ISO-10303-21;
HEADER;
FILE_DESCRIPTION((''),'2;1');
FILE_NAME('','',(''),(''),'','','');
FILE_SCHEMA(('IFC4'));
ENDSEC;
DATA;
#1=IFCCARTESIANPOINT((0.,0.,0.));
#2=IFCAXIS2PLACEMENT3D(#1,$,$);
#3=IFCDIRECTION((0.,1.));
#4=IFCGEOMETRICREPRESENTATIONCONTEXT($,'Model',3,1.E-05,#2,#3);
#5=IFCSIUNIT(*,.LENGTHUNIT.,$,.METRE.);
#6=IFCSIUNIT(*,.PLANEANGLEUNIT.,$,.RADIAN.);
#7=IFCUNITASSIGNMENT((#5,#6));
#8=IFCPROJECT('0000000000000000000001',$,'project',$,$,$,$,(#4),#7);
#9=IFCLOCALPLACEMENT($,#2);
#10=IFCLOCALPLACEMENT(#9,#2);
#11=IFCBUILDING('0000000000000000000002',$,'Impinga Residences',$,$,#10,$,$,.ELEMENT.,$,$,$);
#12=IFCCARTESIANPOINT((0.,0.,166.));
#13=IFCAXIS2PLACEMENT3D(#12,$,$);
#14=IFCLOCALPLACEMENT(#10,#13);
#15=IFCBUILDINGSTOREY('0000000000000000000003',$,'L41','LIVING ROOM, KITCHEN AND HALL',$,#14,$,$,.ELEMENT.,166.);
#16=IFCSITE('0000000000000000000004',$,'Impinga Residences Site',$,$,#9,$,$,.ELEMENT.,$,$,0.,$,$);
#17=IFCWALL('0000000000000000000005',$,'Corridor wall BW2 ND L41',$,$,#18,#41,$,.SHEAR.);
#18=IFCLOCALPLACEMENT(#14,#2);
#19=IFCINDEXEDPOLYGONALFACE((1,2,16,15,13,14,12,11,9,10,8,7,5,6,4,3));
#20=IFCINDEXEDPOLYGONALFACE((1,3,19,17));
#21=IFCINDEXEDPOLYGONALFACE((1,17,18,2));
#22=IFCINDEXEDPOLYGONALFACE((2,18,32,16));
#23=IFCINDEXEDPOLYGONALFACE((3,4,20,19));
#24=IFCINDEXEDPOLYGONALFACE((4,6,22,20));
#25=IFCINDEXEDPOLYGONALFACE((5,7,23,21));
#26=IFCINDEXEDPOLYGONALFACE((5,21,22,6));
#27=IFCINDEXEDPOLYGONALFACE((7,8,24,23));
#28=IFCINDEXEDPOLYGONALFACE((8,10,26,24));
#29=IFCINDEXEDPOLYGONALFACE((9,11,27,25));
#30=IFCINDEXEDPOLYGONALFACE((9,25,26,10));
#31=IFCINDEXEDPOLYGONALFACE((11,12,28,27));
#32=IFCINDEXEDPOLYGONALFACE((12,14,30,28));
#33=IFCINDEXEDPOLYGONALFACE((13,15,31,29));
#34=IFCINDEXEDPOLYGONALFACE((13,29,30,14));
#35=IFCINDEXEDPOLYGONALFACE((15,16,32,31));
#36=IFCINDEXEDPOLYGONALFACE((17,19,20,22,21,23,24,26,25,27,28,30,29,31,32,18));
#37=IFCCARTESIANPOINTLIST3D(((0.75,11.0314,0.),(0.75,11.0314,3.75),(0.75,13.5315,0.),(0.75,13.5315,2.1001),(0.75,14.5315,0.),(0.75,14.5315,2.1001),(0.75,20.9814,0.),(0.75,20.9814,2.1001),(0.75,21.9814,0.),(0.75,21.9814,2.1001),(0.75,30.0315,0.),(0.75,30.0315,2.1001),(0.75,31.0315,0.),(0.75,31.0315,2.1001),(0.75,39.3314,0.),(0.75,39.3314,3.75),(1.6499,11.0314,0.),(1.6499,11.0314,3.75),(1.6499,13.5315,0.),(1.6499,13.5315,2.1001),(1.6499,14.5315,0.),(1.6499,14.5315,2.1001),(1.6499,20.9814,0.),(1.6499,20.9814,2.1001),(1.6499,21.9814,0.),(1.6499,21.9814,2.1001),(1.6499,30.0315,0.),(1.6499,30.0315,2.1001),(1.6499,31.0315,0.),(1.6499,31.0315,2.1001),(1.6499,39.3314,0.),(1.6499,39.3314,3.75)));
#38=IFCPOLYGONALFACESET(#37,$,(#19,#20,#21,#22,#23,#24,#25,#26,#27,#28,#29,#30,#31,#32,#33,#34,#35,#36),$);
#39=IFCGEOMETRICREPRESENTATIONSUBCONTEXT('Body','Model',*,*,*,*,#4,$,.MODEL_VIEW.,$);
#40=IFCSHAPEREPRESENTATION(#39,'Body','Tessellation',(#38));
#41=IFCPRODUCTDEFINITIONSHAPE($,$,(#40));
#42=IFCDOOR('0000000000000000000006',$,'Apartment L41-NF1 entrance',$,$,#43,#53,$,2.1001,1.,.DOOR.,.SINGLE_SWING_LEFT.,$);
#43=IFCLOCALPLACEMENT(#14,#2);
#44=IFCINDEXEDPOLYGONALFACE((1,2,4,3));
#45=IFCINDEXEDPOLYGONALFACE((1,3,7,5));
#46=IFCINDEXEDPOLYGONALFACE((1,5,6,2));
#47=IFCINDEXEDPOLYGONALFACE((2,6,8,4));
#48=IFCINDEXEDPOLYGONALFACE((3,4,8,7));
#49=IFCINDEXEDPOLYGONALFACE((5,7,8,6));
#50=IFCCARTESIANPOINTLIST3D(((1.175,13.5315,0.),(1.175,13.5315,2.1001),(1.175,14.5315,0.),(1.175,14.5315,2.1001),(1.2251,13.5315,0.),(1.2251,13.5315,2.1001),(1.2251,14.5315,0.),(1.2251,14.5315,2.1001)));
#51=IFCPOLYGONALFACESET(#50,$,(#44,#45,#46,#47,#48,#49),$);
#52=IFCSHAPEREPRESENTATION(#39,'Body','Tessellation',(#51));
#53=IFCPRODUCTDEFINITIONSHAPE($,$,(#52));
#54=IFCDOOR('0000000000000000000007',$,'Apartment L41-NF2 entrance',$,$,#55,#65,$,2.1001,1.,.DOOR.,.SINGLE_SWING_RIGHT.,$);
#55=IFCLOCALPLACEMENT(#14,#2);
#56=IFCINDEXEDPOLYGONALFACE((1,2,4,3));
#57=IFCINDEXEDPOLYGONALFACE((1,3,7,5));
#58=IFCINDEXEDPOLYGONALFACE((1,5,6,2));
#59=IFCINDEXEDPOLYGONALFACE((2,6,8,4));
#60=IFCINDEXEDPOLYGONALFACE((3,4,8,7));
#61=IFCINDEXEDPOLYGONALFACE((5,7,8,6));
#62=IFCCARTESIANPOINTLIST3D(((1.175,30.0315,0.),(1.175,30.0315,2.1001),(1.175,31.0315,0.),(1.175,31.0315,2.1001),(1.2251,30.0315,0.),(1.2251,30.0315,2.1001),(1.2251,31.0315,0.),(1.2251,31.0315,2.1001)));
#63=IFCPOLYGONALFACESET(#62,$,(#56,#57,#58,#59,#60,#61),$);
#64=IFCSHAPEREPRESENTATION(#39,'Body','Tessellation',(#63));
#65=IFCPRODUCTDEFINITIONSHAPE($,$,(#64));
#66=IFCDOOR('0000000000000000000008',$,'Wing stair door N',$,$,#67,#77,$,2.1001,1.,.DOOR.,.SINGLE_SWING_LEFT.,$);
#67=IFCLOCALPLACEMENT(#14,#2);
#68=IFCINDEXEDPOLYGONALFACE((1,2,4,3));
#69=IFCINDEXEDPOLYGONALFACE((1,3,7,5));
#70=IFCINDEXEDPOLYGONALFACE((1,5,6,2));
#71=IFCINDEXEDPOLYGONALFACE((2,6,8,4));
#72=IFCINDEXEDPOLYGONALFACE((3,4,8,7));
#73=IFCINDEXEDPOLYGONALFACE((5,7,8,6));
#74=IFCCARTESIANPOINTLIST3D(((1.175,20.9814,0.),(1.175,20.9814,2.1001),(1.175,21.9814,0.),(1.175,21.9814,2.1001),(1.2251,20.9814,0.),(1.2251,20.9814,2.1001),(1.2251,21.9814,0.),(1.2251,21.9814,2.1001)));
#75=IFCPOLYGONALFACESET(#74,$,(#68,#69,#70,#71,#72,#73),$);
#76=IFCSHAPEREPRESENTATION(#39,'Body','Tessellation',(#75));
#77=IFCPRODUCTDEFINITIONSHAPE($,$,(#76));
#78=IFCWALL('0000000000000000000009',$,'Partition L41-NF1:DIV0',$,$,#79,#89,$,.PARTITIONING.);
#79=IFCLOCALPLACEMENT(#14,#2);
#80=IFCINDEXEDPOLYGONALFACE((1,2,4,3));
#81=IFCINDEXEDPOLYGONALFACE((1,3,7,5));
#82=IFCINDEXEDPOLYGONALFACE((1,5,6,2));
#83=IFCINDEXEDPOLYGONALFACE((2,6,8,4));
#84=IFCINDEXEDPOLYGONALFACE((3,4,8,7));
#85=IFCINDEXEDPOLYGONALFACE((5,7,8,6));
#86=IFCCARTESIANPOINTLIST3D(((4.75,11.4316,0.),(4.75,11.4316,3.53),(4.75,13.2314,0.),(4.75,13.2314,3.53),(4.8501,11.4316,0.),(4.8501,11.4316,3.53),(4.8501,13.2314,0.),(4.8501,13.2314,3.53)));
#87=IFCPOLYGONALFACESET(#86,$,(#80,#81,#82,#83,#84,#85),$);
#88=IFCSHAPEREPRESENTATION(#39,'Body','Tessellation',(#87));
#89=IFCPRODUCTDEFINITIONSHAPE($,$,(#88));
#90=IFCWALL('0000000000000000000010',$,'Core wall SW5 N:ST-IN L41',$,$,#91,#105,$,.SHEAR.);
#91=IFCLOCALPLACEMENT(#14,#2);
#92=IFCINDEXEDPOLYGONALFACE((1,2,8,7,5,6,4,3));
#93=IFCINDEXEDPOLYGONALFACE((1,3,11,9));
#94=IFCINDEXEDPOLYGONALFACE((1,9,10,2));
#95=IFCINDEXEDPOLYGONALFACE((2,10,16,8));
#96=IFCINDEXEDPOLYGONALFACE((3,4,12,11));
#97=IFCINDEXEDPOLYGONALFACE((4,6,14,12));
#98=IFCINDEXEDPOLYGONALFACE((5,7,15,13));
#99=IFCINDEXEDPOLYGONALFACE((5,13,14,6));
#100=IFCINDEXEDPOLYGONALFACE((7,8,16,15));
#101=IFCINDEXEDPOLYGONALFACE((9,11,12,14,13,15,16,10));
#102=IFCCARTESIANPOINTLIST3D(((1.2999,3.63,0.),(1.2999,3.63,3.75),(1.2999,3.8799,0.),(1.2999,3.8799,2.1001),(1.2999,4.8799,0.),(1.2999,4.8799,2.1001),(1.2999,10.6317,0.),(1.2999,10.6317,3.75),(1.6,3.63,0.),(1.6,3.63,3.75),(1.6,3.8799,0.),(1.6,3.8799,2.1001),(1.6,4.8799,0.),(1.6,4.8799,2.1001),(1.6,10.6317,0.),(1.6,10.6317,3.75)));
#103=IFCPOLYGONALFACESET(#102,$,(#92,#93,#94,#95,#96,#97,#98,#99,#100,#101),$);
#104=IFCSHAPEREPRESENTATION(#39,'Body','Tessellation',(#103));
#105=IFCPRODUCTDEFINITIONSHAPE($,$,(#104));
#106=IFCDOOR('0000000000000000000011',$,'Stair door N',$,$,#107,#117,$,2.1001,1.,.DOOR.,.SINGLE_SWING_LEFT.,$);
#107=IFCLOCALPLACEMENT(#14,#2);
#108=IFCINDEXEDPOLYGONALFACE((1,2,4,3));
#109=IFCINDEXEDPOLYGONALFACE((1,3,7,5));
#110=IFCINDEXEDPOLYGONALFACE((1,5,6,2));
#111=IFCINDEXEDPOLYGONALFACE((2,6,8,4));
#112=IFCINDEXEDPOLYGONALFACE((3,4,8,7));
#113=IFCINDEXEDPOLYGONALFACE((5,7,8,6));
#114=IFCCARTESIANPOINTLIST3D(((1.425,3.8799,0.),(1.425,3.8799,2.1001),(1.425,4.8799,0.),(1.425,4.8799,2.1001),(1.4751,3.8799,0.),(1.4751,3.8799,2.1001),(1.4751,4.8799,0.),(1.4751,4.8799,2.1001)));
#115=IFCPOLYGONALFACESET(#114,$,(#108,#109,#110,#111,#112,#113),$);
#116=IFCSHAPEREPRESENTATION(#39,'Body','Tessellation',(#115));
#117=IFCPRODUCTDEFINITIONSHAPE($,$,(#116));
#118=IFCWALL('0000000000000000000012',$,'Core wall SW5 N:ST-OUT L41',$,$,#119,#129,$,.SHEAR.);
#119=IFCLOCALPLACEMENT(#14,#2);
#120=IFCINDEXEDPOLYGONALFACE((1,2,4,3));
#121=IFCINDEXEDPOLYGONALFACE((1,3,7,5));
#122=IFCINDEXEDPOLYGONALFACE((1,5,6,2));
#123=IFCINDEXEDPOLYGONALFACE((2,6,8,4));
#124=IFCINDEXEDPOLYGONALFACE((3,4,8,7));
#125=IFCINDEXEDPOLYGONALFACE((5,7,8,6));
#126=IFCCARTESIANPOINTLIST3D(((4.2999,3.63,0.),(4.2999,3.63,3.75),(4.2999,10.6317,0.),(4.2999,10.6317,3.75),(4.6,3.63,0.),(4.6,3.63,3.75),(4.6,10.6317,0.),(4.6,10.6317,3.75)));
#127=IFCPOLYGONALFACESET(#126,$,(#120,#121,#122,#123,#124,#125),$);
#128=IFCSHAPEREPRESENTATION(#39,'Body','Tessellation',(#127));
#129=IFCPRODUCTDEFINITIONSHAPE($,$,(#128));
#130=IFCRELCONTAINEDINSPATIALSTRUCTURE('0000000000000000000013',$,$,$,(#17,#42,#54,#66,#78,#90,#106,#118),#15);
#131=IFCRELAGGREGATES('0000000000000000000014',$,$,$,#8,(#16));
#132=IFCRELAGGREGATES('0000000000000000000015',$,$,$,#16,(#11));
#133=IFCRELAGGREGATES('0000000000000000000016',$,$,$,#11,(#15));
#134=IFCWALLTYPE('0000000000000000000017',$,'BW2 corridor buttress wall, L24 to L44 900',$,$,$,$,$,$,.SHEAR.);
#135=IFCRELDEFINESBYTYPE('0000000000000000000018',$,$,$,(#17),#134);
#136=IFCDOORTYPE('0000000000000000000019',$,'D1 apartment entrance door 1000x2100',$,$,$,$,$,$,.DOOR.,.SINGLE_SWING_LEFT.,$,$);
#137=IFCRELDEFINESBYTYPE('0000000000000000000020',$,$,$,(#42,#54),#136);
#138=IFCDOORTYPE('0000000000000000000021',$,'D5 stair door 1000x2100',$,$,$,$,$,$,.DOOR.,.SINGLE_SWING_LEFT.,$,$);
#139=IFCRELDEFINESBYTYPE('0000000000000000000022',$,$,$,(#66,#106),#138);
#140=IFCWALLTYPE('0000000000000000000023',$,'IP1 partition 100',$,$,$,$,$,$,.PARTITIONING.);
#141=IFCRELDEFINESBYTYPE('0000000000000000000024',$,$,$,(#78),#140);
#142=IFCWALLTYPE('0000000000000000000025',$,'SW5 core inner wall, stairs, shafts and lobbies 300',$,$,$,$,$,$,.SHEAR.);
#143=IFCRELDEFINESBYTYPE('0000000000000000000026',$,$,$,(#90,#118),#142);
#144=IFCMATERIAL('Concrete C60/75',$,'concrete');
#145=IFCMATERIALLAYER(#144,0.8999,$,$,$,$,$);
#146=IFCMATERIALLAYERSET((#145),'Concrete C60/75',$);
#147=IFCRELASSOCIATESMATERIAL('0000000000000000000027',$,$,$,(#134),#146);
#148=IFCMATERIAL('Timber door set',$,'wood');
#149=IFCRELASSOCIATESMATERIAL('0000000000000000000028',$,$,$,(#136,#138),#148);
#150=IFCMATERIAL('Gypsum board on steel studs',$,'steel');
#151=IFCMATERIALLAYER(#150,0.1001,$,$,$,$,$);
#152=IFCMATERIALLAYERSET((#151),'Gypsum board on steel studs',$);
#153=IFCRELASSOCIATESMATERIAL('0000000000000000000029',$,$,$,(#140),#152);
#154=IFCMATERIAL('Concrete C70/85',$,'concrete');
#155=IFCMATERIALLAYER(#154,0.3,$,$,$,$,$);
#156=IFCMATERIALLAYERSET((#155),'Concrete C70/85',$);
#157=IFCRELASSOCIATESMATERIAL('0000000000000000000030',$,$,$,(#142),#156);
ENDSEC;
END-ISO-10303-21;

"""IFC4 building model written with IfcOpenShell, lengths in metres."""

from ifc_helpers import new_model, si_unit, direction, frame, frame_2d, origin, place, context, subcontext, project, spatial, rectangle, extrude, material, layer, layer_set, type_object, element, fill, save


model = new_model("IFC4")

# Units and contexts
model_context = context("Model", 3, precision=1e-05, world=origin(), true_north=direction((0.0, 1.0)))
body_context = subcontext(model_context, "Body", "Model", "MODEL_VIEW")
ifc_project = project(units=[si_unit("LENGTHUNIT", "METRE"), si_unit("PLANEANGLEUNIT", "RADIAN")], contexts=[model_context])

# Site, building, storey
site_placement = place(None, origin())
site = spatial("IfcSite", under=ifc_project, at=site_placement, Name="Impinga Residences Site", CompositionType="ELEMENT", RefElevation=0.0)
building_placement = place(site_placement, origin())
building = spatial("IfcBuilding", under=site, at=building_placement, Name="Impinga Residences", CompositionType="ELEMENT")
storey_placement = place(building_placement, frame((0.0, 0.0, 166.0)))
storey = spatial("IfcBuildingStorey", under=building, at=storey_placement, Name="L41", Description="LIVING ROOM, KITCHEN AND HALL", CompositionType="ELEMENT", Elevation=166.0)

# Wall, openings, doors
ifc_material_1 = material(Name="Concrete C60/75", Category="concrete")
ifc_layer_1 = layer(ifc_material_1, 0.8999)
ifc_layer_set_1 = layer_set([ifc_layer_1], Name="Concrete C60/75")
wall_type_1 = type_object("IfcWallType", Name="BW2 corridor buttress wall, L24 to L44 900", PredefinedType="SHEAR", material=ifc_layer_set_1)
wall_1_placement = place(storey_placement, frame((1.2, 11.0315, 0.0), z_axis=(0.0, 0.0, 1.0), x_axis=(0.0, 1.0, 0.0)))
wall_1 = element("IfcWall", 1, at=wall_1_placement, inside=storey, type_object=wall_type_1, Name="Corridor wall BW2 ND L41", PredefinedType="SHEAR", context=body_context, shape_type="SweptSolid", body=[
    extrude(rectangle(XDim=28.3, YDim=0.8999, at=frame_2d((14.1499, 0.0))), origin(), (0.0, 0.0, 1.0), 3.75),
])
opening_1_placement = place(wall_1_placement, frame((9.95, 0.0, 0.0)))
opening_1 = element("IfcOpeningElement", 2, at=opening_1_placement, cuts=wall_1, PredefinedType="OPENING", context=body_context, shape_type="SweptSolid", body=[
    extrude(rectangle(XDim=1.0, YDim=2.1001, at=frame_2d((0.5, 1.05))), frame((0.0, 0.46, 0.0), z_axis=(0.0, -1.0, 0.0), x_axis=(1.0, 0.0, 0.0)), (0.0, 0.0, 1.0), 0.9199),
])
opening_2_placement = place(wall_1_placement, frame((2.5, 0.0, 0.0)))
opening_2 = element("IfcOpeningElement", 3, at=opening_2_placement, cuts=wall_1, PredefinedType="OPENING", context=body_context, shape_type="SweptSolid", body=[
    extrude(rectangle(XDim=1.0, YDim=2.1001, at=frame_2d((0.5, 1.05))), frame((0.0, 0.46, 0.0), z_axis=(0.0, -1.0, 0.0), x_axis=(1.0, 0.0, 0.0)), (0.0, 0.0, 1.0), 0.9199),
])
opening_3_placement = place(wall_1_placement, frame((19.0, 0.0, 0.0)))
opening_3 = element("IfcOpeningElement", 4, at=opening_3_placement, cuts=wall_1, PredefinedType="OPENING", context=body_context, shape_type="SweptSolid", body=[
    extrude(rectangle(XDim=1.0, YDim=2.1001, at=frame_2d((0.5, 1.05))), frame((0.0, 0.46, 0.0), z_axis=(0.0, -1.0, 0.0), x_axis=(1.0, 0.0, 0.0)), (0.0, 0.0, 1.0), 0.9199),
])
ifc_material_2 = material(Name="Timber door set", Category="wood")
door_type_1 = type_object("IfcDoorType", Name="D1 apartment entrance door 1000x2100", OperationType="SINGLE_SWING_LEFT", PredefinedType="DOOR", material=ifc_material_2)
door_1_placement = place(opening_2_placement, origin())
door_1 = element("IfcDoor", 5, at=door_1_placement, inside=storey, type_object=door_type_1, Name="Apartment L41-NF1 entrance", OperationType="SINGLE_SWING_LEFT", OverallHeight=2.1001, OverallWidth=1.0, PredefinedType="DOOR", context=body_context, shape_type="SweptSolid", body=[
    extrude(rectangle(XDim=1.0, YDim=2.1001, at=frame_2d((0.5, 1.05))), frame((0.0, 0.0249, 0.0), z_axis=(0.0, -1.0, 0.0), x_axis=(1.0, 0.0, 0.0)), (0.0, 0.0, 1.0), 0.05),
])
fill(opening_2, door_1)
door_2_placement = place(opening_3_placement, origin())
door_2 = element("IfcDoor", 6, at=door_2_placement, inside=storey, type_object=door_type_1, Name="Apartment L41-NF2 entrance", OperationType="SINGLE_SWING_RIGHT", OverallHeight=2.1001, OverallWidth=1.0, PredefinedType="DOOR", context=body_context, shape_type="SweptSolid", body=[
    extrude(rectangle(XDim=1.0, YDim=2.1001, at=frame_2d((0.5, 1.05))), frame((0.0, 0.0249, 0.0), z_axis=(0.0, -1.0, 0.0), x_axis=(1.0, 0.0, 0.0)), (0.0, 0.0, 1.0), 0.05),
])
fill(opening_3, door_2)
door_type_2 = type_object("IfcDoorType", Name="D5 stair door 1000x2100", OperationType="SINGLE_SWING_LEFT", PredefinedType="DOOR", material=ifc_material_2)
door_3_placement = place(opening_1_placement, origin())
door_3 = element("IfcDoor", 7, at=door_3_placement, inside=storey, type_object=door_type_2, Name="Wing stair door N", OperationType="SINGLE_SWING_LEFT", OverallHeight=2.1001, OverallWidth=1.0, PredefinedType="DOOR", context=body_context, shape_type="SweptSolid", body=[
    extrude(rectangle(XDim=1.0, YDim=2.1001, at=frame_2d((0.5, 1.05))), frame((0.0, 0.0249, 0.0), z_axis=(0.0, -1.0, 0.0), x_axis=(1.0, 0.0, 0.0)), (0.0, 0.0, 1.0), 0.05),
])
fill(opening_1, door_3)

# Wall
ifc_material_3 = material(Name="Gypsum board on steel studs", Category="steel")
ifc_layer_2 = layer(ifc_material_3, 0.1001)
ifc_layer_set_2 = layer_set([ifc_layer_2], Name="Gypsum board on steel studs")
wall_type_2 = type_object("IfcWallType", Name="IP1 partition 100", PredefinedType="PARTITIONING", material=ifc_layer_set_2)
wall_2_placement = place(storey_placement, frame((4.8, 11.4316, 0.0), z_axis=(0.0, 0.0, 1.0), x_axis=(0.0, 1.0, 0.0)))
element("IfcWall", 8, at=wall_2_placement, inside=storey, type_object=wall_type_2, Name="Partition L41-NF1:DIV0", PredefinedType="PARTITIONING", context=body_context, shape_type="SweptSolid", body=[
    extrude(rectangle(XDim=1.7998, YDim=0.1001, at=frame_2d((0.8999, 0.0))), origin(), (0.0, 0.0, 1.0), 3.53),
])

# Wall, opening, door
ifc_material_4 = material(Name="Concrete C70/85", Category="concrete")
ifc_layer_3 = layer(ifc_material_4, 0.3)
ifc_layer_set_3 = layer_set([ifc_layer_3], Name="Concrete C70/85")
wall_type_3 = type_object("IfcWallType", Name="SW5 core inner wall, stairs, shafts and lobbies 300", PredefinedType="SHEAR", material=ifc_layer_set_3)
wall_3_placement = place(storey_placement, frame((1.45, 3.6299, 0.0), z_axis=(0.0, 0.0, 1.0), x_axis=(0.0, 1.0, 0.0)))
wall_3 = element("IfcWall", 9, at=wall_3_placement, inside=storey, type_object=wall_type_3, Name="Core wall SW5 N:ST-IN L41", PredefinedType="SHEAR", context=body_context, shape_type="SweptSolid", body=[
    extrude(rectangle(XDim=7.0017, YDim=0.3, at=frame_2d((3.501, 0.0))), origin(), (0.0, 0.0, 1.0), 3.75),
])
opening_4_placement = place(wall_3_placement, frame((0.25, 0.0, 0.0)))
opening_4 = element("IfcOpeningElement", 10, at=opening_4_placement, cuts=wall_3, PredefinedType="OPENING", context=body_context, shape_type="SweptSolid", body=[
    extrude(rectangle(XDim=1.0, YDim=2.1001, at=frame_2d((0.5, 1.05))), frame((0.0, 0.1599, 0.0), z_axis=(0.0, -1.0, 0.0), x_axis=(1.0, 0.0, 0.0)), (0.0, 0.0, 1.0), 0.3201),
])
door_4_placement = place(opening_4_placement, origin())
door_4 = element("IfcDoor", 11, at=door_4_placement, inside=storey, type_object=door_type_2, Name="Stair door N", OperationType="SINGLE_SWING_LEFT", OverallHeight=2.1001, OverallWidth=1.0, PredefinedType="DOOR", context=body_context, shape_type="SweptSolid", body=[
    extrude(rectangle(XDim=1.0, YDim=2.1001, at=frame_2d((0.5, 1.05))), frame((0.0, 0.0249, 0.0), z_axis=(0.0, -1.0, 0.0), x_axis=(1.0, 0.0, 0.0)), (0.0, 0.0, 1.0), 0.05),
])
fill(opening_4, door_4)

# Wall
wall_4_placement = place(storey_placement, frame((4.45, 3.6299, 0.0), z_axis=(0.0, 0.0, 1.0), x_axis=(0.0, 1.0, 0.0)))
element("IfcWall", 12, at=wall_4_placement, inside=storey, type_object=wall_type_3, Name="Core wall SW5 N:ST-OUT L41", PredefinedType="SHEAR", context=body_context, shape_type="SweptSolid", body=[
    extrude(rectangle(XDim=7.0017, YDim=0.3, at=frame_2d((3.501, 0.0))), origin(), (0.0, 0.0, 1.0), 3.75),
])

save(model, "model.ifc")
